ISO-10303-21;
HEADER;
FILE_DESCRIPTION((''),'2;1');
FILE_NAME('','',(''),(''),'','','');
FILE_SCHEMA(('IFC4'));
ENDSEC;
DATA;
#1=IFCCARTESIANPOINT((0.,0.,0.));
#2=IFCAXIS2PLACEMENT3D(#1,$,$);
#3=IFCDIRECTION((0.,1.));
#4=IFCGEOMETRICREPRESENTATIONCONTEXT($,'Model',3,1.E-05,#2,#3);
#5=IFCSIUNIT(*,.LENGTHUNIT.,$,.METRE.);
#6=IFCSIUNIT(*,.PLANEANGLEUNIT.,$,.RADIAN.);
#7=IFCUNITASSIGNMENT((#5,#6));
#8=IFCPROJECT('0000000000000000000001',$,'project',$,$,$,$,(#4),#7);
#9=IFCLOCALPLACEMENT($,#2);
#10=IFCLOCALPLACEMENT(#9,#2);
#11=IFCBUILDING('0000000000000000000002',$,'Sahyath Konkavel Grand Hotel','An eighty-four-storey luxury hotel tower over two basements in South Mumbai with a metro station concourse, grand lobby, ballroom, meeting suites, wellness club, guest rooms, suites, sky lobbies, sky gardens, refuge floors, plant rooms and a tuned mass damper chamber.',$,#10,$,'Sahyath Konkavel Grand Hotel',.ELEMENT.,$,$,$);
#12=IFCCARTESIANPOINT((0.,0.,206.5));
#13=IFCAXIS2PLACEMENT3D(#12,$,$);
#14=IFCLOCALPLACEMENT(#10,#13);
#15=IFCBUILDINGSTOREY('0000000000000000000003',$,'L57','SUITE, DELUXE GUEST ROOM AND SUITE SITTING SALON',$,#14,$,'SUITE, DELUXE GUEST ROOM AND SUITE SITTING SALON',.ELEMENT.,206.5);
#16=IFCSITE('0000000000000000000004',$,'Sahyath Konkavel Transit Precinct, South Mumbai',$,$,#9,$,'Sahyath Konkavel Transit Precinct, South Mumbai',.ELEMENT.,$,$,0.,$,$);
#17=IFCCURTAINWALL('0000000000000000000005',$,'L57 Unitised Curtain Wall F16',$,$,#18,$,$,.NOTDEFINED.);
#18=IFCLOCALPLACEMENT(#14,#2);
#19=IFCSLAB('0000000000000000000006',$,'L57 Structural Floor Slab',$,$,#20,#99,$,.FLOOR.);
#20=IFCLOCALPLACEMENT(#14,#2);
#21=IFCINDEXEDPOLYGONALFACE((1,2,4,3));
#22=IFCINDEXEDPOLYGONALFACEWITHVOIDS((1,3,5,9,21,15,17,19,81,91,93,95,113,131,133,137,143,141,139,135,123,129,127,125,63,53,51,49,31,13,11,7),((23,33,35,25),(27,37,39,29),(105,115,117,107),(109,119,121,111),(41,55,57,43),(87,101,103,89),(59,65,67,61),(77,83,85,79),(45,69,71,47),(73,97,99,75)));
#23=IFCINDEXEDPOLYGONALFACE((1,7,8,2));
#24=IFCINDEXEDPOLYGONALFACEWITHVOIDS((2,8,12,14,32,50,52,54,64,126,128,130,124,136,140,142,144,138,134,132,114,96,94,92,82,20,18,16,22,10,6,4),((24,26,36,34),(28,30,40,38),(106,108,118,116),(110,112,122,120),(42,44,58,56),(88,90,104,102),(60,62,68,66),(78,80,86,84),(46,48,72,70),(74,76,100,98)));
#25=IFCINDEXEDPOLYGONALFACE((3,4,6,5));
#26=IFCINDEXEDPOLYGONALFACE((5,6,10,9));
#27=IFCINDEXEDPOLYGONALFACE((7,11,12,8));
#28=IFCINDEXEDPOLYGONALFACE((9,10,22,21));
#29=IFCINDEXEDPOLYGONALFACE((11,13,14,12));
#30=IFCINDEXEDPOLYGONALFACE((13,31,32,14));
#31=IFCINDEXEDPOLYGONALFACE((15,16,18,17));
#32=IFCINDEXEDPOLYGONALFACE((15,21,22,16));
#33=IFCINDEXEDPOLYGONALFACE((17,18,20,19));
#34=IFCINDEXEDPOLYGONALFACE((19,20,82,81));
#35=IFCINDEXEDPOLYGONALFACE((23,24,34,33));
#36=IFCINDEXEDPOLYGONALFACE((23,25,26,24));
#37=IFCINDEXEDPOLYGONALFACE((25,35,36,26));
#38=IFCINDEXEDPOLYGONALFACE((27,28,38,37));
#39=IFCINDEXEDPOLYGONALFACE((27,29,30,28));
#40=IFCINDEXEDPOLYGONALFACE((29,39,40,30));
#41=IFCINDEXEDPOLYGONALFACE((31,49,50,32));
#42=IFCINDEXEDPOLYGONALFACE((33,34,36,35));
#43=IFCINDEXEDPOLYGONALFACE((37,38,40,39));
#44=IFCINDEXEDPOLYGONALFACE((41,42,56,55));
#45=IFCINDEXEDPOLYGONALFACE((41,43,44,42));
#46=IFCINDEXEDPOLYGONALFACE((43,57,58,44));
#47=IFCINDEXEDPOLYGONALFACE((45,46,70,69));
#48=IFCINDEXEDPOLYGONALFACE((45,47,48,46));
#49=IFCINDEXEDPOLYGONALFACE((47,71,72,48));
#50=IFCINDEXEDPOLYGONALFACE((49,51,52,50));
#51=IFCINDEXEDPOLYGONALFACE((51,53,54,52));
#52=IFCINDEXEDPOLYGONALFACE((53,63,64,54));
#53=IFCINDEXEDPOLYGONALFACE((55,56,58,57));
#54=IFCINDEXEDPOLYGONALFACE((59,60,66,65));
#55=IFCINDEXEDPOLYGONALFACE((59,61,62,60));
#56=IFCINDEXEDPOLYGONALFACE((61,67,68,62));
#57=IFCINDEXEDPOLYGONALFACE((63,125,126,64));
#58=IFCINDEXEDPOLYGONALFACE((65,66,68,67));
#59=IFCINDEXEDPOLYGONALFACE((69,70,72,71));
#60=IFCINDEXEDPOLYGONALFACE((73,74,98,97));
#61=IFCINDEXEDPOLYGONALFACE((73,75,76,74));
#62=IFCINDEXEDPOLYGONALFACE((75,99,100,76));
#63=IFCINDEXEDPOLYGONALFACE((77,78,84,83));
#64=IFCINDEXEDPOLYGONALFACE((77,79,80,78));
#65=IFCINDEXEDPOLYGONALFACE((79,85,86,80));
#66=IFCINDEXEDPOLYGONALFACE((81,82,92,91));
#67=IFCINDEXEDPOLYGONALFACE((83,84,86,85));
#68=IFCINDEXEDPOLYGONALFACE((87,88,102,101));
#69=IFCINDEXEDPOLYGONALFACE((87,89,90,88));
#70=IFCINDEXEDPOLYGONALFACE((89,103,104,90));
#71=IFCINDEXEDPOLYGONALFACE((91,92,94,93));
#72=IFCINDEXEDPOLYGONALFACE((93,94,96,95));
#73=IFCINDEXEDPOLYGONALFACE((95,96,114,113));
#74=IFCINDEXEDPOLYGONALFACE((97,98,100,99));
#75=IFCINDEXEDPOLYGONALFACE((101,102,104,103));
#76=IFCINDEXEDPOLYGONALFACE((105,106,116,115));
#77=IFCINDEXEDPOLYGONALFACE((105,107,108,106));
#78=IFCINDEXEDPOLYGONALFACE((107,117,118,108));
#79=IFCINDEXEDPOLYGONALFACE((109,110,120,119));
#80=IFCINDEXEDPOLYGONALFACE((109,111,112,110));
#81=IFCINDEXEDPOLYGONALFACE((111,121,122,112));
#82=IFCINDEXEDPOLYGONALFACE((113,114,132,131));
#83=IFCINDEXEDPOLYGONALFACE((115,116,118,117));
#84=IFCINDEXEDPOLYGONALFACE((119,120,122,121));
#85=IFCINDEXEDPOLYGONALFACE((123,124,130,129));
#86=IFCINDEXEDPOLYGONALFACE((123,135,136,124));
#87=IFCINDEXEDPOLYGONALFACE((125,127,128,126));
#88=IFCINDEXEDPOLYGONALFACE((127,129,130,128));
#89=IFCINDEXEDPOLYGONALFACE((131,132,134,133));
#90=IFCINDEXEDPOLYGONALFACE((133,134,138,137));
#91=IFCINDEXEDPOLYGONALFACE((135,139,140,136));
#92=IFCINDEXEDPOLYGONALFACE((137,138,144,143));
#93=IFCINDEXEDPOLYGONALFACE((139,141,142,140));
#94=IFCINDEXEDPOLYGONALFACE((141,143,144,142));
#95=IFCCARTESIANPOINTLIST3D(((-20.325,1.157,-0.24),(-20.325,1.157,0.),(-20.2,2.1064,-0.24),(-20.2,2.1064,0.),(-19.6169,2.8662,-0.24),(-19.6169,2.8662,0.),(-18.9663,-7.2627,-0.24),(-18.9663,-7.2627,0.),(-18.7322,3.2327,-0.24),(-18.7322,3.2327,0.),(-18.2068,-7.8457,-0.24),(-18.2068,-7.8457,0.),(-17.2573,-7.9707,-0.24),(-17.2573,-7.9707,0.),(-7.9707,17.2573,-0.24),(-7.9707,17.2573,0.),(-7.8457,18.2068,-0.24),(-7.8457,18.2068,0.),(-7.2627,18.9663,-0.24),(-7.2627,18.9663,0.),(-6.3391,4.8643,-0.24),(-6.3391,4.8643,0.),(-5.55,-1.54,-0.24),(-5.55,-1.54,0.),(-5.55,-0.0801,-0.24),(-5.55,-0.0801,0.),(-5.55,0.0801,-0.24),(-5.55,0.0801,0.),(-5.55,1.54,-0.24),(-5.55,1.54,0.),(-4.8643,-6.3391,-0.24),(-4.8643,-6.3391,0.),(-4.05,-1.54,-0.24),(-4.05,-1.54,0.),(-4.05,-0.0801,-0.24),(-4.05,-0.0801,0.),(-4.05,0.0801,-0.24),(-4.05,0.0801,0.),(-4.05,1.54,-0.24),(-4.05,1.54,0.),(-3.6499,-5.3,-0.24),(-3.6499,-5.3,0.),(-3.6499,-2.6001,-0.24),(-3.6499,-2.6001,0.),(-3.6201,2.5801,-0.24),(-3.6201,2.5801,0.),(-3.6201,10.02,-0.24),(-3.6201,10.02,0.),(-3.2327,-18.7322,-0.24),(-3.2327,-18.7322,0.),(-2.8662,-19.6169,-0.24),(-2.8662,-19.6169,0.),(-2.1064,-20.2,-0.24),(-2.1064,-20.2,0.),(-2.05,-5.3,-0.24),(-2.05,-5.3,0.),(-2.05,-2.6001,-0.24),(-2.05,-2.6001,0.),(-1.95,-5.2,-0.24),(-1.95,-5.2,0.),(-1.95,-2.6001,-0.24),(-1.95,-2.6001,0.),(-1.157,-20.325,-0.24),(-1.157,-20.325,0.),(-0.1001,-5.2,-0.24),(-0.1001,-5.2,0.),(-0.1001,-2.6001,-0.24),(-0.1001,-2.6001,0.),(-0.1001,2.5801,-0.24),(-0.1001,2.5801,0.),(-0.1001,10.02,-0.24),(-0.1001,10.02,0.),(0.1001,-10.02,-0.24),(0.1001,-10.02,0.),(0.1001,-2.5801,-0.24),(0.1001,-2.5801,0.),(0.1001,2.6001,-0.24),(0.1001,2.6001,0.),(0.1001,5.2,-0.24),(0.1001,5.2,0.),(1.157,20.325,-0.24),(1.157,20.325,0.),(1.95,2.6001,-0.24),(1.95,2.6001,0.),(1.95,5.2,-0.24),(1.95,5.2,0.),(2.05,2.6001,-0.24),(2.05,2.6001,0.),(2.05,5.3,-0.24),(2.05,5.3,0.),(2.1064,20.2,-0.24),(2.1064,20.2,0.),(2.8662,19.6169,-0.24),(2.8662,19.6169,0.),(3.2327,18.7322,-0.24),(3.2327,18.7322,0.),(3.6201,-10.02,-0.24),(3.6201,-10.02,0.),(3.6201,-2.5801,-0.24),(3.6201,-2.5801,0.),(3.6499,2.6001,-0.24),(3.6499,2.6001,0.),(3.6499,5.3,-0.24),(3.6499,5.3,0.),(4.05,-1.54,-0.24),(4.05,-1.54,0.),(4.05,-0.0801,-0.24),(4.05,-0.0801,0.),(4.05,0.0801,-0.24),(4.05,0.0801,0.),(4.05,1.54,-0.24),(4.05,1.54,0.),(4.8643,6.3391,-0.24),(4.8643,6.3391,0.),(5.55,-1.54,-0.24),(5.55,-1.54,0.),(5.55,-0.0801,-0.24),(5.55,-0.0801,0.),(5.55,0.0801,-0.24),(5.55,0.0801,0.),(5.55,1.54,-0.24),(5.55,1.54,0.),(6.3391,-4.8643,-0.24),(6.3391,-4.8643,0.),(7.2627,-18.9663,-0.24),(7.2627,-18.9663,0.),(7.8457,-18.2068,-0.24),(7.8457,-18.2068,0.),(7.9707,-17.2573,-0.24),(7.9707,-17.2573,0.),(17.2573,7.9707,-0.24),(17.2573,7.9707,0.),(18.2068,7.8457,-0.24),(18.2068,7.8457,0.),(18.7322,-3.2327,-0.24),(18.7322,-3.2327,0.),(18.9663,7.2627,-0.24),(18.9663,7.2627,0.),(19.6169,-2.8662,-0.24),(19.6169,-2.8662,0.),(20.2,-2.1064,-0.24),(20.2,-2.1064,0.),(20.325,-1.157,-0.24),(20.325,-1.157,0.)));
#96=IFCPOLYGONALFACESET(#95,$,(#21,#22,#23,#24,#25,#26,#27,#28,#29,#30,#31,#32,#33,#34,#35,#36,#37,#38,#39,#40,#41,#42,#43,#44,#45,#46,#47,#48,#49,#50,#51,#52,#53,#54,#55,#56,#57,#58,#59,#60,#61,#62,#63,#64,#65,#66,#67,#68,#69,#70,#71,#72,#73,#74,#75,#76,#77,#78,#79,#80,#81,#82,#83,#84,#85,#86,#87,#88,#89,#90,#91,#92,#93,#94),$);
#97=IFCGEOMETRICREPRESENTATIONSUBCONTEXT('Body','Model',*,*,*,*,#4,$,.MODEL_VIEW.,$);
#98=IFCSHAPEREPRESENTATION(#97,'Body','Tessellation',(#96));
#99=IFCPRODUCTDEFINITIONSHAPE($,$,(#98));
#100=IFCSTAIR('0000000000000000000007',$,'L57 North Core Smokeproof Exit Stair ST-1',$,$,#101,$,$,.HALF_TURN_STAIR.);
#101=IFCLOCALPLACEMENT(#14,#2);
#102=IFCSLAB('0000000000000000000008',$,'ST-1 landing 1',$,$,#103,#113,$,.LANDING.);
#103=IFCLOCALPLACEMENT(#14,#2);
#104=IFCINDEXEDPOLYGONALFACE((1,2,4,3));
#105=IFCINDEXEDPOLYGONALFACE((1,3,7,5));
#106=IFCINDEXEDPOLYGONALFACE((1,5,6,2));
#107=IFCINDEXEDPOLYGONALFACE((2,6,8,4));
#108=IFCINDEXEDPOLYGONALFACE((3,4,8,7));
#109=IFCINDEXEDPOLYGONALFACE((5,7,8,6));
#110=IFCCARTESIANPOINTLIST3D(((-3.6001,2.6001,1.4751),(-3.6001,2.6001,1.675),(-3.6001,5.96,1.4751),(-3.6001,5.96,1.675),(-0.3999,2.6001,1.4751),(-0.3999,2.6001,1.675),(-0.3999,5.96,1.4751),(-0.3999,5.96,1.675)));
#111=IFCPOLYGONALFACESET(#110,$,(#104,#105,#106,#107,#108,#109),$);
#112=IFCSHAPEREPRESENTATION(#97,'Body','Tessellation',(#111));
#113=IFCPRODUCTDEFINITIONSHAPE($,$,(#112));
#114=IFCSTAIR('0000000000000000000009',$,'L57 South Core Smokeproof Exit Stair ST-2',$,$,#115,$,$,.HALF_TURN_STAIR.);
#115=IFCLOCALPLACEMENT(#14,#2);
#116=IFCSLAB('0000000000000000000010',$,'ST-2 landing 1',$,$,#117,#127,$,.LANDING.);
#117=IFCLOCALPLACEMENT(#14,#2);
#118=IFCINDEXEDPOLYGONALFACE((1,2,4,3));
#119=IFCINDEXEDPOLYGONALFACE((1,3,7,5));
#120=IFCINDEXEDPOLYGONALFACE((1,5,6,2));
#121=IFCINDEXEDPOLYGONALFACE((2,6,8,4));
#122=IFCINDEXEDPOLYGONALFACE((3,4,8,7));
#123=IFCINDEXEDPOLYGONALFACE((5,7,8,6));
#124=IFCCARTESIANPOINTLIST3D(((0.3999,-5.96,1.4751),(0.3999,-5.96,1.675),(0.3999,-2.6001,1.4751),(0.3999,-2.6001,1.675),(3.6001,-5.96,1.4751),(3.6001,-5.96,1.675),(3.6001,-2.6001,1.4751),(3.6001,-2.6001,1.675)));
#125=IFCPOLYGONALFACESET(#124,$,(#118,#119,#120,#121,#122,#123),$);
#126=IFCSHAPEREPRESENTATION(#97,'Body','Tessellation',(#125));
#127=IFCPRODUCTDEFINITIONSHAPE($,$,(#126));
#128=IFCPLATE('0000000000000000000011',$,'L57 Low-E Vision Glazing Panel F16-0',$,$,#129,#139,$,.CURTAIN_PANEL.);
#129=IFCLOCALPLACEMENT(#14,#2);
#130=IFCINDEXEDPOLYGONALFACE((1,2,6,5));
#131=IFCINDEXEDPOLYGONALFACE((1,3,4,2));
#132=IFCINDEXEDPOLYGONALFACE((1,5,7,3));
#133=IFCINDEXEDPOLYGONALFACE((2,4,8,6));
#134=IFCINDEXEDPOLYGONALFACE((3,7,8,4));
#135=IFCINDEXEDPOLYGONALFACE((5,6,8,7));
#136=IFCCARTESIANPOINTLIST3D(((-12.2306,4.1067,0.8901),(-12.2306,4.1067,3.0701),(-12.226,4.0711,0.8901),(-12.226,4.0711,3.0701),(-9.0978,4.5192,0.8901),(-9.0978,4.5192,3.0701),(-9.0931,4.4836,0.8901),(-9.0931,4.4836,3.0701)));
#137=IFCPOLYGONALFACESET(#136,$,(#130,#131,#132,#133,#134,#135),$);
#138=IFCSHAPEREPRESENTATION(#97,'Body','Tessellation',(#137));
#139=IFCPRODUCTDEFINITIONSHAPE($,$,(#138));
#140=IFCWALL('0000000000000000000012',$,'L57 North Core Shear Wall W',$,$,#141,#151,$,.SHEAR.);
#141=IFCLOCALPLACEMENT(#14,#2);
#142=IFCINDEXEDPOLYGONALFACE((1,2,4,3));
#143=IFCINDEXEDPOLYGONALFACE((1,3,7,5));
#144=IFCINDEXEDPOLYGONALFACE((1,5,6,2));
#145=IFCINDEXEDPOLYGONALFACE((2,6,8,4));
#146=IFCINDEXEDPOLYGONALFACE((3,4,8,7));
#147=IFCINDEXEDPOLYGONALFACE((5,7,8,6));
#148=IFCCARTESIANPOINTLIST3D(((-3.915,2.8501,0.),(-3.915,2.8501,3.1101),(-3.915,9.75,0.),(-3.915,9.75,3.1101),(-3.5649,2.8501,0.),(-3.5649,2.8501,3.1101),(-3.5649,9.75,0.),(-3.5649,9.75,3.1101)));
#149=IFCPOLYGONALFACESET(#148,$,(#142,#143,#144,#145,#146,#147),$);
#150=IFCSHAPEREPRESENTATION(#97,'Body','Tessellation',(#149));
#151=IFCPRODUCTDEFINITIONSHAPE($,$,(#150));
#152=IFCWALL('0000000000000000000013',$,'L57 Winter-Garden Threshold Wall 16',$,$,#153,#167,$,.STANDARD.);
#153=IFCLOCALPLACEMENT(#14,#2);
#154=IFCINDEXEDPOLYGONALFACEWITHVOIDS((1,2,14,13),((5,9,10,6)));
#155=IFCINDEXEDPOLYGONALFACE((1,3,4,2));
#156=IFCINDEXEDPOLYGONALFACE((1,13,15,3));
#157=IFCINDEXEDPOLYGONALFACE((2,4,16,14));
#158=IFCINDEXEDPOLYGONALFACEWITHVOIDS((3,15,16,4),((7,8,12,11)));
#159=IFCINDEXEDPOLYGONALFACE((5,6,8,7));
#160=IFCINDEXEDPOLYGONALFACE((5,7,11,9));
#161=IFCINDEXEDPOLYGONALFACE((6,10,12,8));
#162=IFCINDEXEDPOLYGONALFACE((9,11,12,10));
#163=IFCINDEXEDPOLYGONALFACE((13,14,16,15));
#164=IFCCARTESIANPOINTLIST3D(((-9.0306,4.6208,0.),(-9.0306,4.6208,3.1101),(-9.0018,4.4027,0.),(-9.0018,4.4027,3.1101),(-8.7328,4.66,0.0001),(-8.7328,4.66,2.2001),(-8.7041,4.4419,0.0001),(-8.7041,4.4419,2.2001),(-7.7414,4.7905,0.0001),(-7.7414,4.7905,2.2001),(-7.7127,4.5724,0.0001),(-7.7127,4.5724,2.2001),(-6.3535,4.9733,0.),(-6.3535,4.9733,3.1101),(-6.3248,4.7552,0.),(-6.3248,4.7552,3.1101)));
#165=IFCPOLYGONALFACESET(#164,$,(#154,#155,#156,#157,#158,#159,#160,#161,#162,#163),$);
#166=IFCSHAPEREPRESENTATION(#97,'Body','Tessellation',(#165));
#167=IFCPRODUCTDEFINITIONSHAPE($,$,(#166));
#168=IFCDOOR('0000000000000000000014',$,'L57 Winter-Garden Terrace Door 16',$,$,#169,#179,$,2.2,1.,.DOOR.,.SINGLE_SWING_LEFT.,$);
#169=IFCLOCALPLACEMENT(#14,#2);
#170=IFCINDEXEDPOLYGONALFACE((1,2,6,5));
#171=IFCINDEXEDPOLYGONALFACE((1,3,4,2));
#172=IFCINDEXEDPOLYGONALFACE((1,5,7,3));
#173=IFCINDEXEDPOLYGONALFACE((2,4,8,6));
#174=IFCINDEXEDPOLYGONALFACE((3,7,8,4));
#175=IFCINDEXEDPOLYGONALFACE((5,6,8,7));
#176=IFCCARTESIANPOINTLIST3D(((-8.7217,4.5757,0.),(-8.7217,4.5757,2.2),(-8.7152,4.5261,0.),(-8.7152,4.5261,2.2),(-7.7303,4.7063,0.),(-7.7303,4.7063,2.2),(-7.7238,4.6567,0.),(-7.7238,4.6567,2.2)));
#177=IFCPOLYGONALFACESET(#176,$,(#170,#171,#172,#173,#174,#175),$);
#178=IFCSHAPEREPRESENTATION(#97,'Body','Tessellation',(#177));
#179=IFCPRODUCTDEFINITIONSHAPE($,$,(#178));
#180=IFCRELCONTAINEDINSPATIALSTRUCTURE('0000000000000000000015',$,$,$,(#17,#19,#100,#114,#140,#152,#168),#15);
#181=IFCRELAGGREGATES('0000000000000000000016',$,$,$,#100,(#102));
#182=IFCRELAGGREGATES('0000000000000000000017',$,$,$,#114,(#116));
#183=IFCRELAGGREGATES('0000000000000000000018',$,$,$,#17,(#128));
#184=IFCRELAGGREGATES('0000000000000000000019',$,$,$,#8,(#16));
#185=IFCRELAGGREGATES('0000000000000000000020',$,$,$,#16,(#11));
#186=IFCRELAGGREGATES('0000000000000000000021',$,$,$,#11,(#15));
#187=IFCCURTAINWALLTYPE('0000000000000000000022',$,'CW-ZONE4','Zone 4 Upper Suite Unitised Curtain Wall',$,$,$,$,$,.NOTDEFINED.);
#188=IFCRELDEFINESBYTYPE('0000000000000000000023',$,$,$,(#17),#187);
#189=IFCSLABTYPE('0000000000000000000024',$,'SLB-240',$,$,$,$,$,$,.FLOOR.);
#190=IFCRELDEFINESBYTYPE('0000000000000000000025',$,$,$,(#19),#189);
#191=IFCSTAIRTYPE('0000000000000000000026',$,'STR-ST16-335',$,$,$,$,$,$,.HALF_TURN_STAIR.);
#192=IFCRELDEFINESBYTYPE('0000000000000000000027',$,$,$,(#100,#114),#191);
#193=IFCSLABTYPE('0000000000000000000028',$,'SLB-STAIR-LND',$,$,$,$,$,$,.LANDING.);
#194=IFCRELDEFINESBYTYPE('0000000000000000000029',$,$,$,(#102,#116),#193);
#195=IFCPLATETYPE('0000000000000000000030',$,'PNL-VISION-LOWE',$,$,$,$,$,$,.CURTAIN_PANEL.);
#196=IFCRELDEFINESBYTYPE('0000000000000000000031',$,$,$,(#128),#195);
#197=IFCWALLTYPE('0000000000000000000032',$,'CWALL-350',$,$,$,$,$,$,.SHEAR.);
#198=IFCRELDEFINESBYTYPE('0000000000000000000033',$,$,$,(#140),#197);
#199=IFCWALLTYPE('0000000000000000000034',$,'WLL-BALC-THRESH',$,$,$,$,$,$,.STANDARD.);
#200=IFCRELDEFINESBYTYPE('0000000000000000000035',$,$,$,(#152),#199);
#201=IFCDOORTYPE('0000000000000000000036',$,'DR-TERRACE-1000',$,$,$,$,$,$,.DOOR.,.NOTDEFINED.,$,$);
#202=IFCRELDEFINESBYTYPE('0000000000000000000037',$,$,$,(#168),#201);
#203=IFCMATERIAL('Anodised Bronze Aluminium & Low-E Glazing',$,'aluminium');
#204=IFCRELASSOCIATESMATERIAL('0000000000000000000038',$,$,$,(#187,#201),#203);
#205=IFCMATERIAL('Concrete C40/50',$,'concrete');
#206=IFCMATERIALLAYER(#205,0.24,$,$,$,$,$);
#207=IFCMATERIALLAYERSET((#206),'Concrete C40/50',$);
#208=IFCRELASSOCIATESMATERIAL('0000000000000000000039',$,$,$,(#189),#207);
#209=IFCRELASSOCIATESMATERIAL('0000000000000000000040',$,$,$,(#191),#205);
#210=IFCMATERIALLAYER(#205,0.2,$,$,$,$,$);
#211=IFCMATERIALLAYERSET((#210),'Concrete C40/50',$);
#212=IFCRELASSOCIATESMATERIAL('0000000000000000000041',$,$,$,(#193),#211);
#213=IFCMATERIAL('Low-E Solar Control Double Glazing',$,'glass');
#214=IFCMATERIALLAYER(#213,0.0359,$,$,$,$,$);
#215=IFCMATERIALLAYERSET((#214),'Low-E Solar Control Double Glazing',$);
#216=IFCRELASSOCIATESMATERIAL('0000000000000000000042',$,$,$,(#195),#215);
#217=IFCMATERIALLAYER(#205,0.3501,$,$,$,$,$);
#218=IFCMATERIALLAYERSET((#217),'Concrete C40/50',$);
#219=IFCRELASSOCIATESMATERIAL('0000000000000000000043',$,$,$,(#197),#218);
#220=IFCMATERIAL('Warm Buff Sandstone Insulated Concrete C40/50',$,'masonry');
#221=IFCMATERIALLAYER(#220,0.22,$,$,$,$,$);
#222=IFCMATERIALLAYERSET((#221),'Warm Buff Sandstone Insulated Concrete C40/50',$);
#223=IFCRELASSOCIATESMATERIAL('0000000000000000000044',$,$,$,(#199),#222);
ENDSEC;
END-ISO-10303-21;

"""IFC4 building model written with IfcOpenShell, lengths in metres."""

from ifc_helpers import new_model, si_unit, direction, frame, frame_2d, origin, origin_2d, place, context, subcontext, project, spatial, polyline, rectangle, outline, extrude, source, transform, mapped, material, layer, layer_set, type_object, element, fill, aggregate, save


model = new_model("IFC4")

# Units and contexts
model_context = context("Model", 3, precision=1e-05, world=origin(), true_north=direction((0.0, 1.0)))
body_context = subcontext(model_context, "Body", "Model", "MODEL_VIEW")
ifc_project = project(units=[si_unit("LENGTHUNIT", "METRE"), si_unit("PLANEANGLEUNIT", "RADIAN")], contexts=[model_context])

# Site, building, storey
site_placement = place(None, origin())
site = spatial("IfcSite", under=ifc_project, at=site_placement, Name="Sahyath Konkavel Transit Precinct, South Mumbai", LongName="Sahyath Konkavel Transit Precinct, South Mumbai", CompositionType="ELEMENT", RefElevation=0.0)
building_placement = place(site_placement, origin())
building = spatial("IfcBuilding", under=site, at=building_placement, Name="Sahyath Konkavel Grand Hotel", Description="An eighty-four-storey luxury hotel tower over two basements in South Mumbai with a metro station concourse, grand lobby, ballroom, meeting suites, wellness club, guest rooms, suites, sky lobbies, sky gardens, refuge floors, plant rooms and a tuned mass damper chamber.", LongName="Sahyath Konkavel Grand Hotel", CompositionType="ELEMENT")
storey_placement = place(building_placement, frame((0.0, 0.0, 206.5)))
storey = spatial("IfcBuildingStorey", under=building, at=storey_placement, Name="L57", Description="SUITE, DELUXE GUEST ROOM AND SUITE SITTING SALON", LongName="SUITE, DELUXE GUEST ROOM AND SUITE SITTING SALON", CompositionType="ELEMENT", Elevation=206.5)

# Shared definitions
ifc_material_1 = material(Name="Concrete C40/50", Category="concrete")

# Shared definitions
ifc_material_2 = material(Name="Anodised Bronze Aluminium & Low-E Glazing", Category="aluminium")
curtain_wall_type = type_object("IfcCurtainWallType", Name="CW-ZONE4", Description="Zone 4 Upper Suite Unitised Curtain Wall", PredefinedType="NOTDEFINED", material=ifc_material_2)

# Curtain wall
curtain_wall_1_placement = place(storey_placement, origin())
curtain_wall_1 = element("IfcCurtainWall", 1, at=curtain_wall_1_placement, inside=storey, type_object=curtain_wall_type, Name="L57 Unitised Curtain Wall F16", PredefinedType="NOTDEFINED")

# Slab
ifc_layer_1 = layer(ifc_material_1, 0.24)
ifc_layer_set_1 = layer_set([ifc_layer_1], Name="Concrete C40/50")
slab_type_1 = type_object("IfcSlabType", Name="SLB-240", PredefinedType="FLOOR", material=ifc_layer_set_1)
slab_1_placement = place(storey_placement, frame((0.0, 0.0, -0.24)))
element("IfcSlab", 2, at=slab_1_placement, inside=storey, type_object=slab_type_1, Name="L57 Structural Floor Slab", PredefinedType="FLOOR", context=body_context, shape_type="SweptSolid", body=[
    extrude(outline(polyline([(6.3391, -4.8643), (18.7322, -3.2327), (19.6169, -2.8662), (20.2, -2.1064), (20.325, -1.157), (18.9663, 7.2627), (18.2068, 7.8457), (17.2573, 7.9707), (4.8643, 6.3391), (3.2327, 18.7322), (2.8662, 19.6169), (2.1064, 20.2), (1.157, 20.325), (-7.2627, 18.9663), (-7.8457, 18.2068), (-7.9707, 17.2573), (-6.3391, 4.8643), (-18.7322, 3.2327), (-19.6169, 2.8662), (-20.2, 2.1064), (-20.325, 1.157), (-18.9663, -7.2627), (-18.2068, -7.8457), (-17.2573, -7.9707), (-4.8643, -6.3391), (-3.2327, -18.7322), (-2.8662, -19.6169), (-2.1064, -20.2), (-1.157, -20.325), (7.2627, -18.9663), (7.8457, -18.2068), (7.9707, -17.2573), (6.3391, -4.8643)]), holes=[polyline([(-3.6201, 2.5801), (-0.1001, 2.5801), (-0.1001, 10.02), (-3.6201, 10.02), (-3.6201, 2.5801)]), polyline([(0.1001, -10.02), (3.6201, -10.02), (3.6201, -2.5801), (0.1001, -2.5801), (0.1001, -10.02)]), polyline([(0.1001, 2.6001), (1.95, 2.6001), (1.95, 5.2), (0.1001, 5.2), (0.1001, 2.6001)]), polyline([(-1.95, -5.2), (-0.1001, -5.2), (-0.1001, -2.6001), (-1.95, -2.6001), (-1.95, -5.2)]), polyline([(2.05, 2.6001), (3.6499, 2.6001), (3.6499, 5.3), (2.05, 5.3), (2.05, 2.6001)]), polyline([(-3.6499, -5.3), (-2.05, -5.3), (-2.05, -2.6001), (-3.6499, -2.6001), (-3.6499, -5.3)]), polyline([(4.05, 0.0801), (5.55, 0.0801), (5.55, 1.54), (4.05, 1.54), (4.05, 0.0801)]), polyline([(4.05, -1.54), (5.55, -1.54), (5.55, -0.0801), (4.05, -0.0801), (4.05, -1.54)]), polyline([(-5.55, 0.0801), (-4.05, 0.0801), (-4.05, 1.54), (-5.55, 1.54), (-5.55, 0.0801)]), polyline([(-5.55, -1.54), (-4.05, -1.54), (-4.05, -0.0801), (-5.55, -0.0801), (-5.55, -1.54)])]), origin(), (0.0, 0.0, 1.0), 0.24),
])

# Stairs, slabs
stair_type = type_object("IfcStairType", Name="STR-ST16-335", PredefinedType="HALF_TURN_STAIR", material=ifc_material_1)
stair_1_placement = place(storey_placement, origin())
stair_1 = element("IfcStair", 3, at=stair_1_placement, inside=storey, type_object=stair_type, Name="L57 North Core Smokeproof Exit Stair ST-1", PredefinedType="HALF_TURN_STAIR")
ifc_layer_2 = layer(ifc_material_1, 0.2)
ifc_layer_set_2 = layer_set([ifc_layer_2], Name="Concrete C40/50")
slab_type_2 = type_object("IfcSlabType", Name="SLB-STAIR-LND", PredefinedType="LANDING", material=ifc_layer_set_2)
slab_2_placement = place(storey_placement, frame((0.0, 0.0, 1.4751)))
slab_2 = element("IfcSlab", 4, at=slab_2_placement, type_object=slab_type_2, Name="ST-1 landing 1", PredefinedType="LANDING", context=body_context, shape_type="SweptSolid", body=[
    extrude(outline(polyline([(-3.6001, 5.96), (-3.6001, 2.6001), (-0.3999, 2.6001), (-0.3999, 5.96), (-3.6001, 5.96)])), origin(), (0.0, 0.0, 1.0), 0.2),
])
aggregate(stair_1, [slab_2])
stair_2_placement = place(storey_placement, origin())
stair_2 = element("IfcStair", 5, at=stair_2_placement, inside=storey, type_object=stair_type, Name="L57 South Core Smokeproof Exit Stair ST-2", PredefinedType="HALF_TURN_STAIR")
slab_3_placement = place(storey_placement, frame((0.0, 0.0, 1.4751)))
slab_3 = element("IfcSlab", 6, at=slab_3_placement, type_object=slab_type_2, Name="ST-2 landing 1", PredefinedType="LANDING", context=body_context, shape_type="SweptSolid", body=[
    extrude(outline(polyline([(3.6001, -5.96), (3.6001, -2.6001), (0.3999, -2.6001), (0.3999, -5.96), (3.6001, -5.96)])), origin(), (0.0, 0.0, 1.0), 0.2),
])
aggregate(stair_2, [slab_3])

# Plate
ifc_material_3 = material(Name="Low-E Solar Control Double Glazing", Category="glass")
ifc_layer_3 = layer(ifc_material_3, 0.0359)
ifc_layer_set_3 = layer_set([ifc_layer_3], Name="Low-E Solar Control Double Glazing")
plate_type = type_object("IfcPlateType", Name="PNL-VISION-LOWE", PredefinedType="CURTAIN_PANEL", material=ifc_layer_set_3)
shared_shape_1 = source(origin(), body_context, "Body", "SweptSolid", [
    extrude(rectangle(XDim=3.1599, YDim=0.0359, at=origin_2d()), origin(), (0.0, 0.0, 1.0), 2.1799),
])
plate_placement = place(storey_placement, frame((-10.6619, 4.2952, 0.8901), z_axis=(0.0, 0.0, 1.0), x_axis=(-0.991445, -0.130526, 0.0)))
plate = element("IfcPlate", 7, at=plate_placement, type_object=plate_type, Name="L57 Low-E Vision Glazing Panel F16-0", PredefinedType="CURTAIN_PANEL", context=body_context, shape_type="MappedRepresentation", body=[
    mapped(shared_shape_1, transform((0.0, 0.0, 0.0), scale=1.0)),
])
aggregate(curtain_wall_1, [plate])

# Wall
ifc_layer_4 = layer(ifc_material_1, 0.3501)
ifc_layer_set_4 = layer_set([ifc_layer_4], Name="Concrete C40/50")
wall_type_1 = type_object("IfcWallType", Name="CWALL-350", PredefinedType="SHEAR", material=ifc_layer_set_4)
wall_1_placement = place(storey_placement, frame((-3.74, 2.8501, 0.0), z_axis=(0.0, 0.0, 1.0), x_axis=(0.0, 1.0, 0.0)))
element("IfcWall", 8, at=wall_1_placement, inside=storey, type_object=wall_type_1, Name="L57 North Core Shear Wall W", PredefinedType="SHEAR", context=body_context, shape_type="SweptSolid", body=[
    extrude(rectangle(XDim=6.8999, YDim=0.3501, at=frame_2d((3.45, 0.0))), origin(), (0.0, 0.0, 1.0), 3.1101),
])

# Wall, opening, door
ifc_material_4 = material(Name="Warm Buff Sandstone Insulated Concrete C40/50", Category="masonry")
ifc_layer_5 = layer(ifc_material_4, 0.22)
ifc_layer_set_5 = layer_set([ifc_layer_5], Name="Warm Buff Sandstone Insulated Concrete C40/50")
wall_type_2 = type_object("IfcWallType", Name="WLL-BALC-THRESH", PredefinedType="STANDARD", material=ifc_layer_set_5)
wall_2_placement = place(storey_placement, frame((-6.3391, 4.8643, 0.0), z_axis=(0.0, 0.0, 1.0), x_axis=(-0.99144, -0.130564, 0.0)))
wall_2 = element("IfcWall", 9, at=wall_2_placement, inside=storey, type_object=wall_type_2, Name="L57 Winter-Garden Threshold Wall 16", PredefinedType="STANDARD", context=body_context, shape_type="SweptSolid", body=[
    extrude(rectangle(XDim=2.7002, YDim=0.22, at=frame_2d((1.3501, 0.0))), origin(), (0.0, 0.0, 1.0), 3.1101),
])
opening_1_placement = place(wall_2_placement, frame((1.3999, 0.0, 0.0)))
opening_1 = element("IfcOpeningElement", 10, at=opening_1_placement, cuts=wall_2, PredefinedType="OPENING", context=body_context, shape_type="SweptSolid", body=[
    extrude(rectangle(XDim=1.0, YDim=2.2, at=frame_2d((0.5, 1.1001))), frame((0.0, 0.1201, 0.0), z_axis=(0.0, -1.0, 0.0), x_axis=(1.0, 0.0, 0.0)), (0.0, 0.0, 1.0), 0.24),
])
door_type_1 = type_object("IfcDoorType", Name="DR-TERRACE-1000", OperationType="NOTDEFINED", PredefinedType="DOOR", material=ifc_material_2)
shared_shape_2 = source(origin(), body_context, "Body", "SweptSolid", [
    extrude(rectangle(XDim=1.0, YDim=0.05, at=origin_2d()), origin(), (0.0, 0.0, 1.0), 2.2),
])
door_1_placement = place(opening_1_placement, frame((0.5, 0.0, 0.0)))
door_1 = element("IfcDoor", 11, at=door_1_placement, inside=storey, type_object=door_type_1, Name="L57 Winter-Garden Terrace Door 16", OperationType="SINGLE_SWING_LEFT", OverallHeight=2.2, OverallWidth=1.0, PredefinedType="DOOR", context=body_context, shape_type="MappedRepresentation", body=[
    mapped(shared_shape_2, transform((0.0, 0.0, 0.0), scale=1.0)),
])
fill(opening_1, door_1)

save(model, "model.ifc")
